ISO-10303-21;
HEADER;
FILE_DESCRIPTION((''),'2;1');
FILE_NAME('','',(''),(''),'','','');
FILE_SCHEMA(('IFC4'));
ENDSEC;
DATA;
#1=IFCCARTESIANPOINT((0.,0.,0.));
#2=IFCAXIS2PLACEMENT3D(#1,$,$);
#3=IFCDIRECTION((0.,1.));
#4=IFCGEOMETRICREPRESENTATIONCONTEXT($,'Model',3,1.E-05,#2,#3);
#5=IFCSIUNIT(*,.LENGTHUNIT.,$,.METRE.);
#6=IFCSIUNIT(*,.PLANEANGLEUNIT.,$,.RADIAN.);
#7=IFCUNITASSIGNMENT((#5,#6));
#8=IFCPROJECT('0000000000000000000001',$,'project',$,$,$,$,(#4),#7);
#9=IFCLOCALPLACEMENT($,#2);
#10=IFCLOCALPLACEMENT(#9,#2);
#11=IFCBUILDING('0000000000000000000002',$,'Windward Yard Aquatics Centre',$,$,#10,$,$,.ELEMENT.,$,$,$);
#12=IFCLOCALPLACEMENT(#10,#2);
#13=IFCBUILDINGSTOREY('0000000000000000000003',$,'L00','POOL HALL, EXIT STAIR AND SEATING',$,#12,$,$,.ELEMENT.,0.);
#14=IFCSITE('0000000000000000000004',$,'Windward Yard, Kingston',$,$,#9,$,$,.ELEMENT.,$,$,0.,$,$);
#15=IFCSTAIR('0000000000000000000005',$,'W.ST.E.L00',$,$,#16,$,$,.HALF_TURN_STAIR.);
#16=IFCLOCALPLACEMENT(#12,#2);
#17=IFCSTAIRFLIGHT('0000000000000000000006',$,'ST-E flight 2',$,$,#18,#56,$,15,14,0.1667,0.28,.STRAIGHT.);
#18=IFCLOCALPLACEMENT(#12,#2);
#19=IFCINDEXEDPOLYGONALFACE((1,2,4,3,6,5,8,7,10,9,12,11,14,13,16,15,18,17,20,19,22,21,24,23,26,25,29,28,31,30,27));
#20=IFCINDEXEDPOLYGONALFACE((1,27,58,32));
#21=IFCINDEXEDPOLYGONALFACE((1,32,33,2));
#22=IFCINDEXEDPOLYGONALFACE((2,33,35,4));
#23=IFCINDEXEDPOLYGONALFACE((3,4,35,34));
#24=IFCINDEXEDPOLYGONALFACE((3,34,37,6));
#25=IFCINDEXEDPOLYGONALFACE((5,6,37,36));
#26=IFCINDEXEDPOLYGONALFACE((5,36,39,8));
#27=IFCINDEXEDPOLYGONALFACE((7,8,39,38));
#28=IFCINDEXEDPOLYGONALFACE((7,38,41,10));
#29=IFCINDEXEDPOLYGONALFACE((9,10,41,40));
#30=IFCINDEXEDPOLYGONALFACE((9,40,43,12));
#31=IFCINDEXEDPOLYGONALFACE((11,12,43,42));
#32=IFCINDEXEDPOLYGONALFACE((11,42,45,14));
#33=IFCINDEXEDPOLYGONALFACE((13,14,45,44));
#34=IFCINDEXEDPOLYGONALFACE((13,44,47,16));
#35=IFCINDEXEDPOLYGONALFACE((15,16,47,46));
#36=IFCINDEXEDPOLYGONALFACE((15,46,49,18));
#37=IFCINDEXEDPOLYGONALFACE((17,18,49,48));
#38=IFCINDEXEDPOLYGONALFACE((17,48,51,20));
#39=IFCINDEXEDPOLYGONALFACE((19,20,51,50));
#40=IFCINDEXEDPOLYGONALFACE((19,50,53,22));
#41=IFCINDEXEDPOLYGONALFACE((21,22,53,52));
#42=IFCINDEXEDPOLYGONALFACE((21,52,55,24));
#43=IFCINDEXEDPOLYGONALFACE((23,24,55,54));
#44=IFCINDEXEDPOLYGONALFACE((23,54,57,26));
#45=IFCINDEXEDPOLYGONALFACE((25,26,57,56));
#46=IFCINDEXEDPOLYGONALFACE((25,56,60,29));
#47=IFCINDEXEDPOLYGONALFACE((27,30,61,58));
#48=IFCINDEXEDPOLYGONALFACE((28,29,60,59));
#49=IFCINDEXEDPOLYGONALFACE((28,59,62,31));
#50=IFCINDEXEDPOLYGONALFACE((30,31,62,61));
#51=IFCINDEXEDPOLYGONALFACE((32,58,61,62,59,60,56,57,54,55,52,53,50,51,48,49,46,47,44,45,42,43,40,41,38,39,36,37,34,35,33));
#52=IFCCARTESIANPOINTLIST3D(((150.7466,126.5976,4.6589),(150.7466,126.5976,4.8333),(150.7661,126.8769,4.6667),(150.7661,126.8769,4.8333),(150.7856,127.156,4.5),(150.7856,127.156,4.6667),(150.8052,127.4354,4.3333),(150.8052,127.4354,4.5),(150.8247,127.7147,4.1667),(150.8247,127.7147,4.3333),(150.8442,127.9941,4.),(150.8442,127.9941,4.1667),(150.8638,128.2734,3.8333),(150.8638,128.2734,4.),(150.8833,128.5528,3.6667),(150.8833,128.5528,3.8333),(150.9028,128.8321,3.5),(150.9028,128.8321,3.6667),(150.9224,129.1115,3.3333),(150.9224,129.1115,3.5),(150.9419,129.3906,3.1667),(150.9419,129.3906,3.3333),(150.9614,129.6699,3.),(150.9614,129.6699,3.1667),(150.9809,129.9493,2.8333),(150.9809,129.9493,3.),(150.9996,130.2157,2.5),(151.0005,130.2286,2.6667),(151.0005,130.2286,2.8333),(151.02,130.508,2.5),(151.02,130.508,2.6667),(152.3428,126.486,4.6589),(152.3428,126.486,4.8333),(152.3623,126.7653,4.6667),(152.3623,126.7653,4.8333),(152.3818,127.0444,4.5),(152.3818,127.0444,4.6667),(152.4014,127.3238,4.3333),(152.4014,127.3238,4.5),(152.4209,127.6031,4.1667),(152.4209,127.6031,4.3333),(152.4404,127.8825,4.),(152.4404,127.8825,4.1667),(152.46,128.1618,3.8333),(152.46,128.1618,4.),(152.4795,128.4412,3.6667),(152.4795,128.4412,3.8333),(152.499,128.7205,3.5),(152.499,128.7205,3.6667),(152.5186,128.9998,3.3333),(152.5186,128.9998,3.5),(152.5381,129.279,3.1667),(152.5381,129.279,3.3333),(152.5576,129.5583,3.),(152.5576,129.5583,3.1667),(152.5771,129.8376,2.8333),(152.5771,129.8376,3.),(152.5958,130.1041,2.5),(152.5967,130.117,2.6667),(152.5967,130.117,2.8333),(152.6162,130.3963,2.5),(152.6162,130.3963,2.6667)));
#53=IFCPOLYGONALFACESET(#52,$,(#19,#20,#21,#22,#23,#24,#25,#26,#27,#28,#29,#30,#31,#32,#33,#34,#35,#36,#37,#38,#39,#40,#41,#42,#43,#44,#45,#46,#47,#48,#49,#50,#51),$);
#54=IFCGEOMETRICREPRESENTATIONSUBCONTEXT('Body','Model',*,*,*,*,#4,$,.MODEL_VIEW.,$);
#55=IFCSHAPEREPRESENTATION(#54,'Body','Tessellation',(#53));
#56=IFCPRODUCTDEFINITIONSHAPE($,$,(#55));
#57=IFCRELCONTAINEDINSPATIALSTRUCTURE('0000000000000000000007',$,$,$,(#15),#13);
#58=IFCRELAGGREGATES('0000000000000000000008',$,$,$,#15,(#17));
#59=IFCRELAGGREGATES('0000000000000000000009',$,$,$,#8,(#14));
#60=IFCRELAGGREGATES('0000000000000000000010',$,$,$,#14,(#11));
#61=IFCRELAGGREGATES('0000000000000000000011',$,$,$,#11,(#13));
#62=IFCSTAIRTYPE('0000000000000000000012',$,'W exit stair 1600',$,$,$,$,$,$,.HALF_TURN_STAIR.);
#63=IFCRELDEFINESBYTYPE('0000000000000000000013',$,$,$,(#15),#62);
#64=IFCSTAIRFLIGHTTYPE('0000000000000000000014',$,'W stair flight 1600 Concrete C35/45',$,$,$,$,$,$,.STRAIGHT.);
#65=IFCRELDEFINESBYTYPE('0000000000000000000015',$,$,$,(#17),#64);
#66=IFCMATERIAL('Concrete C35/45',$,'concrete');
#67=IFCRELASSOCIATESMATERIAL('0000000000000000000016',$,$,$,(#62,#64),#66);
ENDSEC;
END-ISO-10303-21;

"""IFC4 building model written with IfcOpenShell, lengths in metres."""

from ifc_helpers import new_model, si_unit, direction, frame, origin, place, context, subcontext, project, spatial, polyline, outline, extrude, material, type_object, element, aggregate, save


model = new_model("IFC4")

# Units and contexts
model_context = context("Model", 3, precision=1e-05, world=origin(), true_north=direction((0.0, 1.0)))
body_context = subcontext(model_context, "Body", "Model", "MODEL_VIEW")
ifc_project = project(units=[si_unit("LENGTHUNIT", "METRE"), si_unit("PLANEANGLEUNIT", "RADIAN")], contexts=[model_context])

# Site, building, storey
site_placement = place(None, origin())
site = spatial("IfcSite", under=ifc_project, at=site_placement, Name="Windward Yard, Kingston", CompositionType="ELEMENT", RefElevation=0.0)
building_placement = place(site_placement, origin())
building = spatial("IfcBuilding", under=site, at=building_placement, Name="Windward Yard Aquatics Centre", CompositionType="ELEMENT")
storey_placement = place(building_placement, origin())
storey = spatial("IfcBuildingStorey", under=building, at=storey_placement, Name="L00", Description="POOL HALL, EXIT STAIR AND SEATING", CompositionType="ELEMENT", Elevation=0.0)

# Shared definitions
ifc_material_1 = material(Name="Concrete C35/45", Category="concrete")

# Stair, stair flight
stair_type = type_object("IfcStairType", Name="W exit stair 1600", PredefinedType="HALF_TURN_STAIR", material=ifc_material_1)
stair_placement = place(storey_placement, origin())
stair = element("IfcStair", 1, at=stair_placement, inside=storey, type_object=stair_type, Name="W.ST.E.L00", PredefinedType="HALF_TURN_STAIR")
stair_flight_type = type_object("IfcStairFlightType", Name="W stair flight 1600 Concrete C35/45", PredefinedType="STRAIGHT", material=ifc_material_1)
stair_flight_1_placement = place(storey_placement, frame((151.8181, 130.4521, 2.5), z_axis=(0.0, 0.0, 1.0), x_axis=(-0.069756, -0.997564, 0.0)))
stair_flight_1 = element("IfcStairFlight", 2, at=stair_flight_1_placement, type_object=stair_flight_type, Name="ST-E flight 2", NumberOfRisers=15, NumberOfTreads=14, PredefinedType="STRAIGHT", RiserHeight=0.1667, TreadLength=0.28, context=body_context, shape_type="SweptSolid", body=[
    extrude(outline(polyline([(0.0, 0.0), (0.0, 0.1667), (0.28, 0.1667), (0.28, 0.3333), (0.5601, 0.3333), (0.5601, 0.5), (0.8401, 0.5), (0.8401, 0.6667), (1.1201, 0.6667), (1.1201, 0.8333), (1.3999, 0.8333), (1.3999, 1.0), (1.6799, 1.0), (1.6799, 1.1667), (1.96, 1.1667), (1.96, 1.3333), (2.24, 1.3333), (2.24, 1.5), (2.52, 1.5), (2.52, 1.6667), (2.8, 1.6667), (2.8, 1.8333), (3.0801, 1.8333), (3.0801, 2.0), (3.3601, 2.0), (3.3601, 2.1667), (3.6399, 2.1667), (3.6399, 2.3333), (3.9199, 2.3333), (3.9199, 2.5), (3.9199, 2.1589), (0.293, 0.0), (0.0, 0.0)])), frame((0.0, 0.8, 0.0), z_axis=(0.0, -1.0, 0.0), x_axis=(1.0, 0.0, 0.0)), (0.0, 0.0, 1.0), 1.6001),
])
aggregate(stair, [stair_flight_1])

save(model, "model.ifc")
